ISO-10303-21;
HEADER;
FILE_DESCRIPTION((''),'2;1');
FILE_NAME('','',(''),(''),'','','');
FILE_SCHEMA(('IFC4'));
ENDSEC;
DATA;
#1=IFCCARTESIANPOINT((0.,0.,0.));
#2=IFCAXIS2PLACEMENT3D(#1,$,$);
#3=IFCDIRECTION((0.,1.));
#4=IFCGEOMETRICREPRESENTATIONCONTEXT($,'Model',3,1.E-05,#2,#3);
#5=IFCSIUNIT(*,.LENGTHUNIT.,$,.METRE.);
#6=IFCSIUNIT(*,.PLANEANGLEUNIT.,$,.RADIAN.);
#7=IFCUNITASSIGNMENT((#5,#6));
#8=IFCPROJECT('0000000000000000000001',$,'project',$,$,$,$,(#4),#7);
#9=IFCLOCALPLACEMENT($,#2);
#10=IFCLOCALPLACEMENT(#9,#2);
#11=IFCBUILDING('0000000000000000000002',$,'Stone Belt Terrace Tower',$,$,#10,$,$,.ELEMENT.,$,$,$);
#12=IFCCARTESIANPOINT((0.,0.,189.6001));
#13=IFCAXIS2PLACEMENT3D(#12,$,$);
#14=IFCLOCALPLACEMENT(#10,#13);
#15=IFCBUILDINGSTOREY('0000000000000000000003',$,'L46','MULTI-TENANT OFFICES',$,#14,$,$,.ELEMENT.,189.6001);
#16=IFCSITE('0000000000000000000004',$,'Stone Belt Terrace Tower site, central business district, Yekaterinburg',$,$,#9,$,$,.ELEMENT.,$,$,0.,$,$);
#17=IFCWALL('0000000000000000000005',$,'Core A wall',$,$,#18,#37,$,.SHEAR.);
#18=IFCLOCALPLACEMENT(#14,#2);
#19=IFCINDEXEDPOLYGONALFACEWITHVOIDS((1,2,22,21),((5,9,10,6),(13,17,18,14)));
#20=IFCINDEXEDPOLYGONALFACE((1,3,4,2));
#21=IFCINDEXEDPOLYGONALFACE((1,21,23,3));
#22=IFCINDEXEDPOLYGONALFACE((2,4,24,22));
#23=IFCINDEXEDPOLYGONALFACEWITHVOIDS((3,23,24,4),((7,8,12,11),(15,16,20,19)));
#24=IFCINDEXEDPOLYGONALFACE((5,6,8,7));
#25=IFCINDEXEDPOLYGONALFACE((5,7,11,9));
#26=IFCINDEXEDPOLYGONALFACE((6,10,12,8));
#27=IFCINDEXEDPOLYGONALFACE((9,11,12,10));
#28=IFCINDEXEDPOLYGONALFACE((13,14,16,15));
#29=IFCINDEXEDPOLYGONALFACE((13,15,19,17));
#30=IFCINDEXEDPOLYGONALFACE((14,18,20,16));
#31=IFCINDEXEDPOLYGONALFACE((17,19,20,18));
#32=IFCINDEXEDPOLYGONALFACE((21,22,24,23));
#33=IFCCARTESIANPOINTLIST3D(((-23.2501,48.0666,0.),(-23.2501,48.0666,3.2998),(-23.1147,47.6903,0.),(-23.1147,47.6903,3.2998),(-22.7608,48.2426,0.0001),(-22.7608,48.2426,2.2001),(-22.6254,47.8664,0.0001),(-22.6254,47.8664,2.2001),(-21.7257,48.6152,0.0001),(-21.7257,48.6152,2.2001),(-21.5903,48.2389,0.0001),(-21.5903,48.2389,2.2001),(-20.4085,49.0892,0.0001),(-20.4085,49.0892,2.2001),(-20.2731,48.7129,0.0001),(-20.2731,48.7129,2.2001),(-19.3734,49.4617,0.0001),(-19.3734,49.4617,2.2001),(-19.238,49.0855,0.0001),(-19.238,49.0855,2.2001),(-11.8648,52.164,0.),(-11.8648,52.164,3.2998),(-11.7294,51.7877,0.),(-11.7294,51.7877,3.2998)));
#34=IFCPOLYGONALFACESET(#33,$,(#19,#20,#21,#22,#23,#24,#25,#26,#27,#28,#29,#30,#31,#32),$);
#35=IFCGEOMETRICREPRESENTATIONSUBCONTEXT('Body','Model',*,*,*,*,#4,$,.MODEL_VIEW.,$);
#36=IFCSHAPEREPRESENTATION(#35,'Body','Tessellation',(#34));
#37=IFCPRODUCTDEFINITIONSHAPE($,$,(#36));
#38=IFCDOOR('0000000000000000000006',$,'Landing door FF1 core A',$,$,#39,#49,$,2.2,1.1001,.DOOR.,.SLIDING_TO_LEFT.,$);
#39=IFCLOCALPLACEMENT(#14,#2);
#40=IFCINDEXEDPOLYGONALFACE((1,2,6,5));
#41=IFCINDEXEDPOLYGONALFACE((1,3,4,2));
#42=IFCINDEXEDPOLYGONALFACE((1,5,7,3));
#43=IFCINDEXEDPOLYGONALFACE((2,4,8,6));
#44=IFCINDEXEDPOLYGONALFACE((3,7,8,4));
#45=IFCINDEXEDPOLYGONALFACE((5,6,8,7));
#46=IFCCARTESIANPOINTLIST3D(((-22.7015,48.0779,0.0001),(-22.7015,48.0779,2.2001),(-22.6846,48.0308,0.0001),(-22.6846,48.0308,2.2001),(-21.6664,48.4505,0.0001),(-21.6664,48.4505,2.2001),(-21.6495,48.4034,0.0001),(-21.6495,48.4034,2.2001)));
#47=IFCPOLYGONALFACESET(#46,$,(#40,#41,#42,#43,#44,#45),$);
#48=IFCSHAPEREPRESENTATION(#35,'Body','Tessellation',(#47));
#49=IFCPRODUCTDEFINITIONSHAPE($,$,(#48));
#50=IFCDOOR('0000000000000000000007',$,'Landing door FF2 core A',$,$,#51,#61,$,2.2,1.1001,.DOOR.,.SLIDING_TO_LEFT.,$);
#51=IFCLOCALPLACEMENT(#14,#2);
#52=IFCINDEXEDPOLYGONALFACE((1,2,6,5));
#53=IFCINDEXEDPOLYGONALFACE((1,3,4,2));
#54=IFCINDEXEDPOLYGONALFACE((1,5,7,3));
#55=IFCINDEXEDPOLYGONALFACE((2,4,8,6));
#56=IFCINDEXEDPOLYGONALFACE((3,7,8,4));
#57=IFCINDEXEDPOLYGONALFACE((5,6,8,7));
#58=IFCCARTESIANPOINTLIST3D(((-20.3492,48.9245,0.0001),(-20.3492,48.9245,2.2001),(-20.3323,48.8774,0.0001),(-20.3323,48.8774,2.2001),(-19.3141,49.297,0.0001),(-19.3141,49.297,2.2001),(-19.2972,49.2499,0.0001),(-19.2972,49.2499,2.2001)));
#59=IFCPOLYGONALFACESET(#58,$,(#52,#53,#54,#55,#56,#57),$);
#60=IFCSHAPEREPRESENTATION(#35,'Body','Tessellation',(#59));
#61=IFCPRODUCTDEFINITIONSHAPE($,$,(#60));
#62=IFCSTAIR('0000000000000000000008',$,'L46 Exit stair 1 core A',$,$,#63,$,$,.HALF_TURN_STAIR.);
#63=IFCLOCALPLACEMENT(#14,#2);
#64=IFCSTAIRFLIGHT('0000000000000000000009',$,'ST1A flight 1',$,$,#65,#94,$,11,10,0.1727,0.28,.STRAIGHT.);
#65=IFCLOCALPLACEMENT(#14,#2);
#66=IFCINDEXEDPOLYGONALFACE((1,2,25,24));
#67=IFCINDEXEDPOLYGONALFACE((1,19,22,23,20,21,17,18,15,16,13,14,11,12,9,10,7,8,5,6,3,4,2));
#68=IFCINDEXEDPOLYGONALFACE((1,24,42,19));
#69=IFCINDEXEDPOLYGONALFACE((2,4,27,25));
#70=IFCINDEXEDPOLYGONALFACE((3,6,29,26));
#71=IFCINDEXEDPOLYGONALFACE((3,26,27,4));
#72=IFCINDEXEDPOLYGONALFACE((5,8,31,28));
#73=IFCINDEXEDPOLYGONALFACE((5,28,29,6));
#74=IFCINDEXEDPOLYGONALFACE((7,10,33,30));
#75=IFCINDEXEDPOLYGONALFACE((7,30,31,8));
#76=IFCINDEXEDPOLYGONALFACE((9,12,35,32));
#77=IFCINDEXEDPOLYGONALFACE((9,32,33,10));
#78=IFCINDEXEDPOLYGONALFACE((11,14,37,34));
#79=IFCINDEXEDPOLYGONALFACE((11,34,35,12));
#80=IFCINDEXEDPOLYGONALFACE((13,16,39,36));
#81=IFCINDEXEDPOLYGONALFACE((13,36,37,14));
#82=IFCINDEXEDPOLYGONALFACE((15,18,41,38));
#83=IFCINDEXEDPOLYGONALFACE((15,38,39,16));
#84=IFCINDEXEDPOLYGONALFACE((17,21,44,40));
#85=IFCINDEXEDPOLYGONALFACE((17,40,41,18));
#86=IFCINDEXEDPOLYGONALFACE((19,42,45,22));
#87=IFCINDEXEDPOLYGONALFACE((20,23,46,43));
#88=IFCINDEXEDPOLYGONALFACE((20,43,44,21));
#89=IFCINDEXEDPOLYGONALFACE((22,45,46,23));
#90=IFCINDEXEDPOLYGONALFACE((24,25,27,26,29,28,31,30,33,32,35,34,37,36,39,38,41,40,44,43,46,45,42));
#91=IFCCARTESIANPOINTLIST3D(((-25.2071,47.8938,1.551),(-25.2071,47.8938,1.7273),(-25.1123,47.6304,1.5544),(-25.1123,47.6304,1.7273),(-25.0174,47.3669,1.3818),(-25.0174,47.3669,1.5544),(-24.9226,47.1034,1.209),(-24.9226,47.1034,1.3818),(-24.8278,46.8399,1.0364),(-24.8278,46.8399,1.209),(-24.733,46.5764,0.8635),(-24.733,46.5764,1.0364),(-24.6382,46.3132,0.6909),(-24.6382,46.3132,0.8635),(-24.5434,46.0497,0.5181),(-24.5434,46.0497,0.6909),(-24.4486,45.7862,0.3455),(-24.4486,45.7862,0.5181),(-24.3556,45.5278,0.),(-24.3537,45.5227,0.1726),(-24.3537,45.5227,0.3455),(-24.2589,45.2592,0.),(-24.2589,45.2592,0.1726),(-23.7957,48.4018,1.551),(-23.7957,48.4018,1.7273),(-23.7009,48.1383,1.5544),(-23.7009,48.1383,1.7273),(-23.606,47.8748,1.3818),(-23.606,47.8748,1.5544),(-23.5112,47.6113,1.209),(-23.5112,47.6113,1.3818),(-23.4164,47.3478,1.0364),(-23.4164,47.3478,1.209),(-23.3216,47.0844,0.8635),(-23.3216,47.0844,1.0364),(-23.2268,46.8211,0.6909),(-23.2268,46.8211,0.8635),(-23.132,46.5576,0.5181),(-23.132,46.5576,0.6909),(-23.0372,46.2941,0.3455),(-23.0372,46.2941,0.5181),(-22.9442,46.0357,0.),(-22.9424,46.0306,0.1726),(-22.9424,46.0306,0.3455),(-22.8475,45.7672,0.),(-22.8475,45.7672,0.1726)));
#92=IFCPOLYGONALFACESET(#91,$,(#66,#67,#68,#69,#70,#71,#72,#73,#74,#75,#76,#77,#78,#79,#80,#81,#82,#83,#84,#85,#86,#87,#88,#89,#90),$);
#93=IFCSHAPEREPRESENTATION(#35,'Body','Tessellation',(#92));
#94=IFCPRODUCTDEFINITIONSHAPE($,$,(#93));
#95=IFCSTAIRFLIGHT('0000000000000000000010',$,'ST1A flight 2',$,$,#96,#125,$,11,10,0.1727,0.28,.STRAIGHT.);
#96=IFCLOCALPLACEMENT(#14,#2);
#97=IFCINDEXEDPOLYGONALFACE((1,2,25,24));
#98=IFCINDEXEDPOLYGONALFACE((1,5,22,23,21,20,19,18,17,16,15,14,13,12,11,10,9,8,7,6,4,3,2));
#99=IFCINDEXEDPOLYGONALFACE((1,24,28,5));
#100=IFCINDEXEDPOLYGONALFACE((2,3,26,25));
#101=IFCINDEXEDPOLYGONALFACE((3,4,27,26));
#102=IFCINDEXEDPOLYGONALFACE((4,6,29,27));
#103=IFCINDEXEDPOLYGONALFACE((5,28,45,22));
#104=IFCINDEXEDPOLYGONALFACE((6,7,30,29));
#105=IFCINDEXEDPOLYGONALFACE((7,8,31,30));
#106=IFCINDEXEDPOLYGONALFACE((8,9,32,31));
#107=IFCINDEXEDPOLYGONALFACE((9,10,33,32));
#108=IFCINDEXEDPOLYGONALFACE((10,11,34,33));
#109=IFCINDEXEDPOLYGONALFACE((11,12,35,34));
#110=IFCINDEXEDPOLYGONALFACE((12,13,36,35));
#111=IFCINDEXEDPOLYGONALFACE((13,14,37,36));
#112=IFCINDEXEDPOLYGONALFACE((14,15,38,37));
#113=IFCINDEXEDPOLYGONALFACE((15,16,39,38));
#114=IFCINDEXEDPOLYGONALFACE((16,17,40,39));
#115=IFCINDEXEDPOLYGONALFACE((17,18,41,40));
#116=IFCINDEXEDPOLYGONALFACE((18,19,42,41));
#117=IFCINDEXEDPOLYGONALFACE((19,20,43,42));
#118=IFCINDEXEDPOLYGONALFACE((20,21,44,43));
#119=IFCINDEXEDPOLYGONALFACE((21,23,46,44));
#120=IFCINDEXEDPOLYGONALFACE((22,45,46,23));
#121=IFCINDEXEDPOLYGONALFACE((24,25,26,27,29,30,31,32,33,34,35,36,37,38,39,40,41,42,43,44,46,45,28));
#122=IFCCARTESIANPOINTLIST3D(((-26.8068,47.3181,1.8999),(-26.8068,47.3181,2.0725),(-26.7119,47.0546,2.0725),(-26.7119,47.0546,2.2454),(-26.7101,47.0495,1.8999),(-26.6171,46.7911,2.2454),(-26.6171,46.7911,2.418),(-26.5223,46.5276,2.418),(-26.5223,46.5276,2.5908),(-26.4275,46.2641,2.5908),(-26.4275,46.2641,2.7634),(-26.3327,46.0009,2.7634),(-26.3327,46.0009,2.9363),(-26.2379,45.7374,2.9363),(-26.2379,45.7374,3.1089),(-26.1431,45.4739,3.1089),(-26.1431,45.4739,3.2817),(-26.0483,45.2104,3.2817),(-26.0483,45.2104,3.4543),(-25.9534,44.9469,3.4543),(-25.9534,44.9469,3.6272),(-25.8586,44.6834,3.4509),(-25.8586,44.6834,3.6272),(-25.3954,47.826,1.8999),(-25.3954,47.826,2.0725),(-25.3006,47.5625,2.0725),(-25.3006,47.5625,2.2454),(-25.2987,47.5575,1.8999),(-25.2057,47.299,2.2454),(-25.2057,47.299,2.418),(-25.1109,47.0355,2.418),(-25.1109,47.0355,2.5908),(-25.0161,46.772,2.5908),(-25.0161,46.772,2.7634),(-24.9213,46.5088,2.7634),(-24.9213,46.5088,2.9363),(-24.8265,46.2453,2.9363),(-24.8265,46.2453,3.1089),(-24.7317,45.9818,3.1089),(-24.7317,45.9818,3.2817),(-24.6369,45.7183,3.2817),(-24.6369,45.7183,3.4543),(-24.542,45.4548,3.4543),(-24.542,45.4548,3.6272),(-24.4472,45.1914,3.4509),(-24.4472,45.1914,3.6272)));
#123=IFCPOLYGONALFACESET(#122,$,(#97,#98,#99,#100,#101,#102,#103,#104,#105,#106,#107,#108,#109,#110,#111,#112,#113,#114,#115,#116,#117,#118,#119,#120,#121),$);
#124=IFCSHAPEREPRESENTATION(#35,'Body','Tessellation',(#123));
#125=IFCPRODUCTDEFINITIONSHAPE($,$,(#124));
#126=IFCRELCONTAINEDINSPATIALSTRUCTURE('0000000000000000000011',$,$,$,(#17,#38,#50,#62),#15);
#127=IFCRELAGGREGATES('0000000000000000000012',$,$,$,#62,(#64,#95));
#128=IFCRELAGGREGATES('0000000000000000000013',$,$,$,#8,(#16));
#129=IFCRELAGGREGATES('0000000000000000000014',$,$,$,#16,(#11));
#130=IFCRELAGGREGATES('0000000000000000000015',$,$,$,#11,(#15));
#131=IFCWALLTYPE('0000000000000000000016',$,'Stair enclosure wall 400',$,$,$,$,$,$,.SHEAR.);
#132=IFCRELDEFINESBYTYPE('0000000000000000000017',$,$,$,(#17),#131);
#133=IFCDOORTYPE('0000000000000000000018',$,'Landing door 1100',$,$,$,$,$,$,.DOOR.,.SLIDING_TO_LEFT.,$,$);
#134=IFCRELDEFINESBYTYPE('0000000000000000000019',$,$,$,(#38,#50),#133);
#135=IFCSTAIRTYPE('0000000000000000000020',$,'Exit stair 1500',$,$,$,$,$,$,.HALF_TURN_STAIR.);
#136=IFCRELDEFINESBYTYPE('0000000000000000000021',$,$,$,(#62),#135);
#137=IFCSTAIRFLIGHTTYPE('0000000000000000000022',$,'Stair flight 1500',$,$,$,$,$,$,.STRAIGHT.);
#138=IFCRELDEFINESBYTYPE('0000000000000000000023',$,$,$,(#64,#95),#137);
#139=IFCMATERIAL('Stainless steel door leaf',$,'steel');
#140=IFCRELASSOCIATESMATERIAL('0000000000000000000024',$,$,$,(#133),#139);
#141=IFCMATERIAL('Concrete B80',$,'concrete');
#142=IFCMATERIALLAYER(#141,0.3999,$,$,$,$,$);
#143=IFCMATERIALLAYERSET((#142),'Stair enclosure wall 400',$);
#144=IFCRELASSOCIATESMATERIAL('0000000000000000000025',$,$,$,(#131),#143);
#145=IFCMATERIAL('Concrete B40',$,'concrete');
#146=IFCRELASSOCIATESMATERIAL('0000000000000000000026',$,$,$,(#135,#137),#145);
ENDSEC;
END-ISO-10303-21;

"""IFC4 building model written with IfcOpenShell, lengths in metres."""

from ifc_helpers import new_model, si_unit, direction, frame, frame_2d, origin, place, context, subcontext, project, spatial, polyline, rectangle, outline, extrude, material, layer, layer_set, type_object, element, fill, aggregate, save


model = new_model("IFC4")

# Units and contexts
model_context = context("Model", 3, precision=1e-05, world=origin(), true_north=direction((0.0, 1.0)))
body_context = subcontext(model_context, "Body", "Model", "MODEL_VIEW")
ifc_project = project(units=[si_unit("LENGTHUNIT", "METRE"), si_unit("PLANEANGLEUNIT", "RADIAN")], contexts=[model_context])

# Site, building, storey
site_placement = place(None, origin())
site = spatial("IfcSite", under=ifc_project, at=site_placement, Name="Stone Belt Terrace Tower site, central business district, Yekaterinburg", CompositionType="ELEMENT", RefElevation=0.0)
building_placement = place(site_placement, origin())
building = spatial("IfcBuilding", under=site, at=building_placement, Name="Stone Belt Terrace Tower", CompositionType="ELEMENT")
storey_placement = place(building_placement, frame((0.0, 0.0, 189.6001)))
storey = spatial("IfcBuildingStorey", under=building, at=storey_placement, Name="L46", Description="MULTI-TENANT OFFICES", CompositionType="ELEMENT", Elevation=189.6001)

# Shared definitions
ifc_material_1 = material(Name="Concrete B80", Category="concrete")

# Shared definitions
ifc_material_2 = material(Name="Stainless steel door leaf", Category="steel")
door_type_1 = type_object("IfcDoorType", Name="Landing door 1100", OperationType="SLIDING_TO_LEFT", PredefinedType="DOOR", material=ifc_material_2)

# Wall, openings, doors
ifc_layer_1 = layer(ifc_material_1, 0.3999)
ifc_layer_set_1 = layer_set([ifc_layer_1], Name="Stair enclosure wall 400")
wall_type_1 = type_object("IfcWallType", Name="Stair enclosure wall 400", PredefinedType="SHEAR", material=ifc_layer_set_1)
wall_1_placement = place(storey_placement, frame((-23.1824, 47.8784, 0.0), z_axis=(0.0, 0.0, 1.0), x_axis=(0.940921, 0.338626, 0.0)))
wall_1 = element("IfcWall", 1, at=wall_1_placement, inside=storey, type_object=wall_type_1, Name="Core A wall", PredefinedType="SHEAR", context=body_context, shape_type="SweptSolid", body=[
    extrude(rectangle(XDim=12.1001, YDim=0.3999, at=frame_2d((6.05, 0.0))), origin(), (0.0, 0.0, 1.0), 3.2998),
])
opening_1_placement = place(wall_1_placement, frame((0.52, 0.0, 0.0)))
opening_1 = element("IfcOpeningElement", 2, at=opening_1_placement, cuts=wall_1, PredefinedType="OPENING", context=body_context, shape_type="SweptSolid", body=[
    extrude(rectangle(XDim=1.1001, YDim=2.2, at=frame_2d((0.55, 1.1001))), frame((0.0, 0.21, 0.0), z_axis=(0.0, -1.0, 0.0), x_axis=(1.0, 0.0, 0.0)), (0.0, 0.0, 1.0), 0.4199),
])
opening_2_placement = place(wall_1_placement, frame((3.02, 0.0, 0.0)))
opening_2 = element("IfcOpeningElement", 3, at=opening_2_placement, cuts=wall_1, PredefinedType="OPENING", context=body_context, shape_type="SweptSolid", body=[
    extrude(rectangle(XDim=1.1001, YDim=2.2, at=frame_2d((0.55, 1.1001))), frame((0.0, 0.21, 0.0), z_axis=(0.0, -1.0, 0.0), x_axis=(1.0, 0.0, 0.0)), (0.0, 0.0, 1.0), 0.4199),
])
door_1_placement = place(opening_1_placement, origin())
door_1 = element("IfcDoor", 4, at=door_1_placement, inside=storey, type_object=door_type_1, Name="Landing door FF1 core A", OperationType="SLIDING_TO_LEFT", OverallHeight=2.2, OverallWidth=1.1001, PredefinedType="DOOR", context=body_context, shape_type="SweptSolid", body=[
    extrude(rectangle(XDim=1.1001, YDim=2.2, at=frame_2d((0.55, 1.1001))), frame((0.0, 0.0249, 0.0), z_axis=(0.0, -1.0, 0.0), x_axis=(1.0, 0.0, 0.0)), (0.0, 0.0, 1.0), 0.05),
])
fill(opening_1, door_1)
door_2_placement = place(opening_2_placement, origin())
door_2 = element("IfcDoor", 5, at=door_2_placement, inside=storey, type_object=door_type_1, Name="Landing door FF2 core A", OperationType="SLIDING_TO_LEFT", OverallHeight=2.2, OverallWidth=1.1001, PredefinedType="DOOR", context=body_context, shape_type="SweptSolid", body=[
    extrude(rectangle(XDim=1.1001, YDim=2.2, at=frame_2d((0.55, 1.1001))), frame((0.0, 0.0249, 0.0), z_axis=(0.0, -1.0, 0.0), x_axis=(1.0, 0.0, 0.0)), (0.0, 0.0, 1.0), 0.05),
])
fill(opening_2, door_2)

# Stair, stair flights
ifc_material_3 = material(Name="Concrete B40", Category="concrete")
stair_type = type_object("IfcStairType", Name="Exit stair 1500", PredefinedType="HALF_TURN_STAIR", material=ifc_material_3)
stair_placement = place(storey_placement, origin())
stair = element("IfcStair", 6, at=stair_placement, inside=storey, type_object=stair_type, Name="L46 Exit stair 1 core A", PredefinedType="HALF_TURN_STAIR")
stair_flight_type = type_object("IfcStairFlightType", Name="Stair flight 1500", PredefinedType="STRAIGHT", material=ifc_material_3)
stair_flight_1_placement = place(storey_placement, frame((-23.5532, 45.5132, 0.0), z_axis=(0.0, 0.0, 1.0), x_axis=(-0.338624, 0.940922, 0.0)))
stair_flight_1 = element("IfcStairFlight", 7, at=stair_flight_1_placement, type_object=stair_flight_type, Name="ST1A flight 1", NumberOfRisers=11, NumberOfTreads=10, PredefinedType="STRAIGHT", RiserHeight=0.1727, TreadLength=0.28, context=body_context, shape_type="SweptSolid", body=[
    extrude(outline(polyline([(0.0, 0.0), (0.0, 0.1726), (0.28, 0.1726), (0.28, 0.3455), (0.5601, 0.3455), (0.5601, 0.5181), (0.8401, 0.5181), (0.8401, 0.6909), (1.1201, 0.6909), (1.1201, 0.8635), (1.3999, 0.8635), (1.3999, 1.0364), (1.6799, 1.0364), (1.6799, 1.209), (1.96, 1.209), (1.96, 1.3818), (2.24, 1.3818), (2.24, 1.5544), (2.52, 1.5544), (2.52, 1.7273), (2.8, 1.7273), (2.8, 1.8999), (2.8, 1.551), (0.2854, 0.0), (0.0, 0.0)])), frame((0.0, 0.75, 0.0), z_axis=(0.0, -1.0, 0.0), x_axis=(1.0, 0.0, 0.0)), (0.0, 0.0, 1.0), 1.5),
])
stair_flight_2_placement = place(storey_placement, frame((-26.1011, 47.572, 1.8999), z_axis=(0.0, 0.0, 1.0), x_axis=(0.338624, -0.940922, 0.0)))
stair_flight_2 = element("IfcStairFlight", 8, at=stair_flight_2_placement, type_object=stair_flight_type, Name="ST1A flight 2", NumberOfRisers=11, NumberOfTreads=10, PredefinedType="STRAIGHT", RiserHeight=0.1727, TreadLength=0.28, context=body_context, shape_type="SweptSolid", body=[
    extrude(outline(polyline([(0.0, 0.0), (0.0, 0.1726), (0.28, 0.1726), (0.28, 0.3455), (0.5601, 0.3455), (0.5601, 0.5181), (0.8401, 0.5181), (0.8401, 0.6909), (1.1201, 0.6909), (1.1201, 0.8635), (1.3999, 0.8635), (1.3999, 1.0364), (1.6799, 1.0364), (1.6799, 1.209), (1.96, 1.209), (1.96, 1.3818), (2.24, 1.3818), (2.24, 1.5544), (2.52, 1.5544), (2.52, 1.7273), (2.8, 1.7273), (2.8, 1.8999), (2.8, 1.551), (0.2854, 0.0), (0.0, 0.0)])), frame((0.0, 0.75, 0.0), z_axis=(0.0, -1.0, 0.0), x_axis=(1.0, 0.0, 0.0)), (0.0, 0.0, 1.0), 1.5),
])
aggregate(stair, [stair_flight_1, stair_flight_2])

save(model, "model.ifc")
